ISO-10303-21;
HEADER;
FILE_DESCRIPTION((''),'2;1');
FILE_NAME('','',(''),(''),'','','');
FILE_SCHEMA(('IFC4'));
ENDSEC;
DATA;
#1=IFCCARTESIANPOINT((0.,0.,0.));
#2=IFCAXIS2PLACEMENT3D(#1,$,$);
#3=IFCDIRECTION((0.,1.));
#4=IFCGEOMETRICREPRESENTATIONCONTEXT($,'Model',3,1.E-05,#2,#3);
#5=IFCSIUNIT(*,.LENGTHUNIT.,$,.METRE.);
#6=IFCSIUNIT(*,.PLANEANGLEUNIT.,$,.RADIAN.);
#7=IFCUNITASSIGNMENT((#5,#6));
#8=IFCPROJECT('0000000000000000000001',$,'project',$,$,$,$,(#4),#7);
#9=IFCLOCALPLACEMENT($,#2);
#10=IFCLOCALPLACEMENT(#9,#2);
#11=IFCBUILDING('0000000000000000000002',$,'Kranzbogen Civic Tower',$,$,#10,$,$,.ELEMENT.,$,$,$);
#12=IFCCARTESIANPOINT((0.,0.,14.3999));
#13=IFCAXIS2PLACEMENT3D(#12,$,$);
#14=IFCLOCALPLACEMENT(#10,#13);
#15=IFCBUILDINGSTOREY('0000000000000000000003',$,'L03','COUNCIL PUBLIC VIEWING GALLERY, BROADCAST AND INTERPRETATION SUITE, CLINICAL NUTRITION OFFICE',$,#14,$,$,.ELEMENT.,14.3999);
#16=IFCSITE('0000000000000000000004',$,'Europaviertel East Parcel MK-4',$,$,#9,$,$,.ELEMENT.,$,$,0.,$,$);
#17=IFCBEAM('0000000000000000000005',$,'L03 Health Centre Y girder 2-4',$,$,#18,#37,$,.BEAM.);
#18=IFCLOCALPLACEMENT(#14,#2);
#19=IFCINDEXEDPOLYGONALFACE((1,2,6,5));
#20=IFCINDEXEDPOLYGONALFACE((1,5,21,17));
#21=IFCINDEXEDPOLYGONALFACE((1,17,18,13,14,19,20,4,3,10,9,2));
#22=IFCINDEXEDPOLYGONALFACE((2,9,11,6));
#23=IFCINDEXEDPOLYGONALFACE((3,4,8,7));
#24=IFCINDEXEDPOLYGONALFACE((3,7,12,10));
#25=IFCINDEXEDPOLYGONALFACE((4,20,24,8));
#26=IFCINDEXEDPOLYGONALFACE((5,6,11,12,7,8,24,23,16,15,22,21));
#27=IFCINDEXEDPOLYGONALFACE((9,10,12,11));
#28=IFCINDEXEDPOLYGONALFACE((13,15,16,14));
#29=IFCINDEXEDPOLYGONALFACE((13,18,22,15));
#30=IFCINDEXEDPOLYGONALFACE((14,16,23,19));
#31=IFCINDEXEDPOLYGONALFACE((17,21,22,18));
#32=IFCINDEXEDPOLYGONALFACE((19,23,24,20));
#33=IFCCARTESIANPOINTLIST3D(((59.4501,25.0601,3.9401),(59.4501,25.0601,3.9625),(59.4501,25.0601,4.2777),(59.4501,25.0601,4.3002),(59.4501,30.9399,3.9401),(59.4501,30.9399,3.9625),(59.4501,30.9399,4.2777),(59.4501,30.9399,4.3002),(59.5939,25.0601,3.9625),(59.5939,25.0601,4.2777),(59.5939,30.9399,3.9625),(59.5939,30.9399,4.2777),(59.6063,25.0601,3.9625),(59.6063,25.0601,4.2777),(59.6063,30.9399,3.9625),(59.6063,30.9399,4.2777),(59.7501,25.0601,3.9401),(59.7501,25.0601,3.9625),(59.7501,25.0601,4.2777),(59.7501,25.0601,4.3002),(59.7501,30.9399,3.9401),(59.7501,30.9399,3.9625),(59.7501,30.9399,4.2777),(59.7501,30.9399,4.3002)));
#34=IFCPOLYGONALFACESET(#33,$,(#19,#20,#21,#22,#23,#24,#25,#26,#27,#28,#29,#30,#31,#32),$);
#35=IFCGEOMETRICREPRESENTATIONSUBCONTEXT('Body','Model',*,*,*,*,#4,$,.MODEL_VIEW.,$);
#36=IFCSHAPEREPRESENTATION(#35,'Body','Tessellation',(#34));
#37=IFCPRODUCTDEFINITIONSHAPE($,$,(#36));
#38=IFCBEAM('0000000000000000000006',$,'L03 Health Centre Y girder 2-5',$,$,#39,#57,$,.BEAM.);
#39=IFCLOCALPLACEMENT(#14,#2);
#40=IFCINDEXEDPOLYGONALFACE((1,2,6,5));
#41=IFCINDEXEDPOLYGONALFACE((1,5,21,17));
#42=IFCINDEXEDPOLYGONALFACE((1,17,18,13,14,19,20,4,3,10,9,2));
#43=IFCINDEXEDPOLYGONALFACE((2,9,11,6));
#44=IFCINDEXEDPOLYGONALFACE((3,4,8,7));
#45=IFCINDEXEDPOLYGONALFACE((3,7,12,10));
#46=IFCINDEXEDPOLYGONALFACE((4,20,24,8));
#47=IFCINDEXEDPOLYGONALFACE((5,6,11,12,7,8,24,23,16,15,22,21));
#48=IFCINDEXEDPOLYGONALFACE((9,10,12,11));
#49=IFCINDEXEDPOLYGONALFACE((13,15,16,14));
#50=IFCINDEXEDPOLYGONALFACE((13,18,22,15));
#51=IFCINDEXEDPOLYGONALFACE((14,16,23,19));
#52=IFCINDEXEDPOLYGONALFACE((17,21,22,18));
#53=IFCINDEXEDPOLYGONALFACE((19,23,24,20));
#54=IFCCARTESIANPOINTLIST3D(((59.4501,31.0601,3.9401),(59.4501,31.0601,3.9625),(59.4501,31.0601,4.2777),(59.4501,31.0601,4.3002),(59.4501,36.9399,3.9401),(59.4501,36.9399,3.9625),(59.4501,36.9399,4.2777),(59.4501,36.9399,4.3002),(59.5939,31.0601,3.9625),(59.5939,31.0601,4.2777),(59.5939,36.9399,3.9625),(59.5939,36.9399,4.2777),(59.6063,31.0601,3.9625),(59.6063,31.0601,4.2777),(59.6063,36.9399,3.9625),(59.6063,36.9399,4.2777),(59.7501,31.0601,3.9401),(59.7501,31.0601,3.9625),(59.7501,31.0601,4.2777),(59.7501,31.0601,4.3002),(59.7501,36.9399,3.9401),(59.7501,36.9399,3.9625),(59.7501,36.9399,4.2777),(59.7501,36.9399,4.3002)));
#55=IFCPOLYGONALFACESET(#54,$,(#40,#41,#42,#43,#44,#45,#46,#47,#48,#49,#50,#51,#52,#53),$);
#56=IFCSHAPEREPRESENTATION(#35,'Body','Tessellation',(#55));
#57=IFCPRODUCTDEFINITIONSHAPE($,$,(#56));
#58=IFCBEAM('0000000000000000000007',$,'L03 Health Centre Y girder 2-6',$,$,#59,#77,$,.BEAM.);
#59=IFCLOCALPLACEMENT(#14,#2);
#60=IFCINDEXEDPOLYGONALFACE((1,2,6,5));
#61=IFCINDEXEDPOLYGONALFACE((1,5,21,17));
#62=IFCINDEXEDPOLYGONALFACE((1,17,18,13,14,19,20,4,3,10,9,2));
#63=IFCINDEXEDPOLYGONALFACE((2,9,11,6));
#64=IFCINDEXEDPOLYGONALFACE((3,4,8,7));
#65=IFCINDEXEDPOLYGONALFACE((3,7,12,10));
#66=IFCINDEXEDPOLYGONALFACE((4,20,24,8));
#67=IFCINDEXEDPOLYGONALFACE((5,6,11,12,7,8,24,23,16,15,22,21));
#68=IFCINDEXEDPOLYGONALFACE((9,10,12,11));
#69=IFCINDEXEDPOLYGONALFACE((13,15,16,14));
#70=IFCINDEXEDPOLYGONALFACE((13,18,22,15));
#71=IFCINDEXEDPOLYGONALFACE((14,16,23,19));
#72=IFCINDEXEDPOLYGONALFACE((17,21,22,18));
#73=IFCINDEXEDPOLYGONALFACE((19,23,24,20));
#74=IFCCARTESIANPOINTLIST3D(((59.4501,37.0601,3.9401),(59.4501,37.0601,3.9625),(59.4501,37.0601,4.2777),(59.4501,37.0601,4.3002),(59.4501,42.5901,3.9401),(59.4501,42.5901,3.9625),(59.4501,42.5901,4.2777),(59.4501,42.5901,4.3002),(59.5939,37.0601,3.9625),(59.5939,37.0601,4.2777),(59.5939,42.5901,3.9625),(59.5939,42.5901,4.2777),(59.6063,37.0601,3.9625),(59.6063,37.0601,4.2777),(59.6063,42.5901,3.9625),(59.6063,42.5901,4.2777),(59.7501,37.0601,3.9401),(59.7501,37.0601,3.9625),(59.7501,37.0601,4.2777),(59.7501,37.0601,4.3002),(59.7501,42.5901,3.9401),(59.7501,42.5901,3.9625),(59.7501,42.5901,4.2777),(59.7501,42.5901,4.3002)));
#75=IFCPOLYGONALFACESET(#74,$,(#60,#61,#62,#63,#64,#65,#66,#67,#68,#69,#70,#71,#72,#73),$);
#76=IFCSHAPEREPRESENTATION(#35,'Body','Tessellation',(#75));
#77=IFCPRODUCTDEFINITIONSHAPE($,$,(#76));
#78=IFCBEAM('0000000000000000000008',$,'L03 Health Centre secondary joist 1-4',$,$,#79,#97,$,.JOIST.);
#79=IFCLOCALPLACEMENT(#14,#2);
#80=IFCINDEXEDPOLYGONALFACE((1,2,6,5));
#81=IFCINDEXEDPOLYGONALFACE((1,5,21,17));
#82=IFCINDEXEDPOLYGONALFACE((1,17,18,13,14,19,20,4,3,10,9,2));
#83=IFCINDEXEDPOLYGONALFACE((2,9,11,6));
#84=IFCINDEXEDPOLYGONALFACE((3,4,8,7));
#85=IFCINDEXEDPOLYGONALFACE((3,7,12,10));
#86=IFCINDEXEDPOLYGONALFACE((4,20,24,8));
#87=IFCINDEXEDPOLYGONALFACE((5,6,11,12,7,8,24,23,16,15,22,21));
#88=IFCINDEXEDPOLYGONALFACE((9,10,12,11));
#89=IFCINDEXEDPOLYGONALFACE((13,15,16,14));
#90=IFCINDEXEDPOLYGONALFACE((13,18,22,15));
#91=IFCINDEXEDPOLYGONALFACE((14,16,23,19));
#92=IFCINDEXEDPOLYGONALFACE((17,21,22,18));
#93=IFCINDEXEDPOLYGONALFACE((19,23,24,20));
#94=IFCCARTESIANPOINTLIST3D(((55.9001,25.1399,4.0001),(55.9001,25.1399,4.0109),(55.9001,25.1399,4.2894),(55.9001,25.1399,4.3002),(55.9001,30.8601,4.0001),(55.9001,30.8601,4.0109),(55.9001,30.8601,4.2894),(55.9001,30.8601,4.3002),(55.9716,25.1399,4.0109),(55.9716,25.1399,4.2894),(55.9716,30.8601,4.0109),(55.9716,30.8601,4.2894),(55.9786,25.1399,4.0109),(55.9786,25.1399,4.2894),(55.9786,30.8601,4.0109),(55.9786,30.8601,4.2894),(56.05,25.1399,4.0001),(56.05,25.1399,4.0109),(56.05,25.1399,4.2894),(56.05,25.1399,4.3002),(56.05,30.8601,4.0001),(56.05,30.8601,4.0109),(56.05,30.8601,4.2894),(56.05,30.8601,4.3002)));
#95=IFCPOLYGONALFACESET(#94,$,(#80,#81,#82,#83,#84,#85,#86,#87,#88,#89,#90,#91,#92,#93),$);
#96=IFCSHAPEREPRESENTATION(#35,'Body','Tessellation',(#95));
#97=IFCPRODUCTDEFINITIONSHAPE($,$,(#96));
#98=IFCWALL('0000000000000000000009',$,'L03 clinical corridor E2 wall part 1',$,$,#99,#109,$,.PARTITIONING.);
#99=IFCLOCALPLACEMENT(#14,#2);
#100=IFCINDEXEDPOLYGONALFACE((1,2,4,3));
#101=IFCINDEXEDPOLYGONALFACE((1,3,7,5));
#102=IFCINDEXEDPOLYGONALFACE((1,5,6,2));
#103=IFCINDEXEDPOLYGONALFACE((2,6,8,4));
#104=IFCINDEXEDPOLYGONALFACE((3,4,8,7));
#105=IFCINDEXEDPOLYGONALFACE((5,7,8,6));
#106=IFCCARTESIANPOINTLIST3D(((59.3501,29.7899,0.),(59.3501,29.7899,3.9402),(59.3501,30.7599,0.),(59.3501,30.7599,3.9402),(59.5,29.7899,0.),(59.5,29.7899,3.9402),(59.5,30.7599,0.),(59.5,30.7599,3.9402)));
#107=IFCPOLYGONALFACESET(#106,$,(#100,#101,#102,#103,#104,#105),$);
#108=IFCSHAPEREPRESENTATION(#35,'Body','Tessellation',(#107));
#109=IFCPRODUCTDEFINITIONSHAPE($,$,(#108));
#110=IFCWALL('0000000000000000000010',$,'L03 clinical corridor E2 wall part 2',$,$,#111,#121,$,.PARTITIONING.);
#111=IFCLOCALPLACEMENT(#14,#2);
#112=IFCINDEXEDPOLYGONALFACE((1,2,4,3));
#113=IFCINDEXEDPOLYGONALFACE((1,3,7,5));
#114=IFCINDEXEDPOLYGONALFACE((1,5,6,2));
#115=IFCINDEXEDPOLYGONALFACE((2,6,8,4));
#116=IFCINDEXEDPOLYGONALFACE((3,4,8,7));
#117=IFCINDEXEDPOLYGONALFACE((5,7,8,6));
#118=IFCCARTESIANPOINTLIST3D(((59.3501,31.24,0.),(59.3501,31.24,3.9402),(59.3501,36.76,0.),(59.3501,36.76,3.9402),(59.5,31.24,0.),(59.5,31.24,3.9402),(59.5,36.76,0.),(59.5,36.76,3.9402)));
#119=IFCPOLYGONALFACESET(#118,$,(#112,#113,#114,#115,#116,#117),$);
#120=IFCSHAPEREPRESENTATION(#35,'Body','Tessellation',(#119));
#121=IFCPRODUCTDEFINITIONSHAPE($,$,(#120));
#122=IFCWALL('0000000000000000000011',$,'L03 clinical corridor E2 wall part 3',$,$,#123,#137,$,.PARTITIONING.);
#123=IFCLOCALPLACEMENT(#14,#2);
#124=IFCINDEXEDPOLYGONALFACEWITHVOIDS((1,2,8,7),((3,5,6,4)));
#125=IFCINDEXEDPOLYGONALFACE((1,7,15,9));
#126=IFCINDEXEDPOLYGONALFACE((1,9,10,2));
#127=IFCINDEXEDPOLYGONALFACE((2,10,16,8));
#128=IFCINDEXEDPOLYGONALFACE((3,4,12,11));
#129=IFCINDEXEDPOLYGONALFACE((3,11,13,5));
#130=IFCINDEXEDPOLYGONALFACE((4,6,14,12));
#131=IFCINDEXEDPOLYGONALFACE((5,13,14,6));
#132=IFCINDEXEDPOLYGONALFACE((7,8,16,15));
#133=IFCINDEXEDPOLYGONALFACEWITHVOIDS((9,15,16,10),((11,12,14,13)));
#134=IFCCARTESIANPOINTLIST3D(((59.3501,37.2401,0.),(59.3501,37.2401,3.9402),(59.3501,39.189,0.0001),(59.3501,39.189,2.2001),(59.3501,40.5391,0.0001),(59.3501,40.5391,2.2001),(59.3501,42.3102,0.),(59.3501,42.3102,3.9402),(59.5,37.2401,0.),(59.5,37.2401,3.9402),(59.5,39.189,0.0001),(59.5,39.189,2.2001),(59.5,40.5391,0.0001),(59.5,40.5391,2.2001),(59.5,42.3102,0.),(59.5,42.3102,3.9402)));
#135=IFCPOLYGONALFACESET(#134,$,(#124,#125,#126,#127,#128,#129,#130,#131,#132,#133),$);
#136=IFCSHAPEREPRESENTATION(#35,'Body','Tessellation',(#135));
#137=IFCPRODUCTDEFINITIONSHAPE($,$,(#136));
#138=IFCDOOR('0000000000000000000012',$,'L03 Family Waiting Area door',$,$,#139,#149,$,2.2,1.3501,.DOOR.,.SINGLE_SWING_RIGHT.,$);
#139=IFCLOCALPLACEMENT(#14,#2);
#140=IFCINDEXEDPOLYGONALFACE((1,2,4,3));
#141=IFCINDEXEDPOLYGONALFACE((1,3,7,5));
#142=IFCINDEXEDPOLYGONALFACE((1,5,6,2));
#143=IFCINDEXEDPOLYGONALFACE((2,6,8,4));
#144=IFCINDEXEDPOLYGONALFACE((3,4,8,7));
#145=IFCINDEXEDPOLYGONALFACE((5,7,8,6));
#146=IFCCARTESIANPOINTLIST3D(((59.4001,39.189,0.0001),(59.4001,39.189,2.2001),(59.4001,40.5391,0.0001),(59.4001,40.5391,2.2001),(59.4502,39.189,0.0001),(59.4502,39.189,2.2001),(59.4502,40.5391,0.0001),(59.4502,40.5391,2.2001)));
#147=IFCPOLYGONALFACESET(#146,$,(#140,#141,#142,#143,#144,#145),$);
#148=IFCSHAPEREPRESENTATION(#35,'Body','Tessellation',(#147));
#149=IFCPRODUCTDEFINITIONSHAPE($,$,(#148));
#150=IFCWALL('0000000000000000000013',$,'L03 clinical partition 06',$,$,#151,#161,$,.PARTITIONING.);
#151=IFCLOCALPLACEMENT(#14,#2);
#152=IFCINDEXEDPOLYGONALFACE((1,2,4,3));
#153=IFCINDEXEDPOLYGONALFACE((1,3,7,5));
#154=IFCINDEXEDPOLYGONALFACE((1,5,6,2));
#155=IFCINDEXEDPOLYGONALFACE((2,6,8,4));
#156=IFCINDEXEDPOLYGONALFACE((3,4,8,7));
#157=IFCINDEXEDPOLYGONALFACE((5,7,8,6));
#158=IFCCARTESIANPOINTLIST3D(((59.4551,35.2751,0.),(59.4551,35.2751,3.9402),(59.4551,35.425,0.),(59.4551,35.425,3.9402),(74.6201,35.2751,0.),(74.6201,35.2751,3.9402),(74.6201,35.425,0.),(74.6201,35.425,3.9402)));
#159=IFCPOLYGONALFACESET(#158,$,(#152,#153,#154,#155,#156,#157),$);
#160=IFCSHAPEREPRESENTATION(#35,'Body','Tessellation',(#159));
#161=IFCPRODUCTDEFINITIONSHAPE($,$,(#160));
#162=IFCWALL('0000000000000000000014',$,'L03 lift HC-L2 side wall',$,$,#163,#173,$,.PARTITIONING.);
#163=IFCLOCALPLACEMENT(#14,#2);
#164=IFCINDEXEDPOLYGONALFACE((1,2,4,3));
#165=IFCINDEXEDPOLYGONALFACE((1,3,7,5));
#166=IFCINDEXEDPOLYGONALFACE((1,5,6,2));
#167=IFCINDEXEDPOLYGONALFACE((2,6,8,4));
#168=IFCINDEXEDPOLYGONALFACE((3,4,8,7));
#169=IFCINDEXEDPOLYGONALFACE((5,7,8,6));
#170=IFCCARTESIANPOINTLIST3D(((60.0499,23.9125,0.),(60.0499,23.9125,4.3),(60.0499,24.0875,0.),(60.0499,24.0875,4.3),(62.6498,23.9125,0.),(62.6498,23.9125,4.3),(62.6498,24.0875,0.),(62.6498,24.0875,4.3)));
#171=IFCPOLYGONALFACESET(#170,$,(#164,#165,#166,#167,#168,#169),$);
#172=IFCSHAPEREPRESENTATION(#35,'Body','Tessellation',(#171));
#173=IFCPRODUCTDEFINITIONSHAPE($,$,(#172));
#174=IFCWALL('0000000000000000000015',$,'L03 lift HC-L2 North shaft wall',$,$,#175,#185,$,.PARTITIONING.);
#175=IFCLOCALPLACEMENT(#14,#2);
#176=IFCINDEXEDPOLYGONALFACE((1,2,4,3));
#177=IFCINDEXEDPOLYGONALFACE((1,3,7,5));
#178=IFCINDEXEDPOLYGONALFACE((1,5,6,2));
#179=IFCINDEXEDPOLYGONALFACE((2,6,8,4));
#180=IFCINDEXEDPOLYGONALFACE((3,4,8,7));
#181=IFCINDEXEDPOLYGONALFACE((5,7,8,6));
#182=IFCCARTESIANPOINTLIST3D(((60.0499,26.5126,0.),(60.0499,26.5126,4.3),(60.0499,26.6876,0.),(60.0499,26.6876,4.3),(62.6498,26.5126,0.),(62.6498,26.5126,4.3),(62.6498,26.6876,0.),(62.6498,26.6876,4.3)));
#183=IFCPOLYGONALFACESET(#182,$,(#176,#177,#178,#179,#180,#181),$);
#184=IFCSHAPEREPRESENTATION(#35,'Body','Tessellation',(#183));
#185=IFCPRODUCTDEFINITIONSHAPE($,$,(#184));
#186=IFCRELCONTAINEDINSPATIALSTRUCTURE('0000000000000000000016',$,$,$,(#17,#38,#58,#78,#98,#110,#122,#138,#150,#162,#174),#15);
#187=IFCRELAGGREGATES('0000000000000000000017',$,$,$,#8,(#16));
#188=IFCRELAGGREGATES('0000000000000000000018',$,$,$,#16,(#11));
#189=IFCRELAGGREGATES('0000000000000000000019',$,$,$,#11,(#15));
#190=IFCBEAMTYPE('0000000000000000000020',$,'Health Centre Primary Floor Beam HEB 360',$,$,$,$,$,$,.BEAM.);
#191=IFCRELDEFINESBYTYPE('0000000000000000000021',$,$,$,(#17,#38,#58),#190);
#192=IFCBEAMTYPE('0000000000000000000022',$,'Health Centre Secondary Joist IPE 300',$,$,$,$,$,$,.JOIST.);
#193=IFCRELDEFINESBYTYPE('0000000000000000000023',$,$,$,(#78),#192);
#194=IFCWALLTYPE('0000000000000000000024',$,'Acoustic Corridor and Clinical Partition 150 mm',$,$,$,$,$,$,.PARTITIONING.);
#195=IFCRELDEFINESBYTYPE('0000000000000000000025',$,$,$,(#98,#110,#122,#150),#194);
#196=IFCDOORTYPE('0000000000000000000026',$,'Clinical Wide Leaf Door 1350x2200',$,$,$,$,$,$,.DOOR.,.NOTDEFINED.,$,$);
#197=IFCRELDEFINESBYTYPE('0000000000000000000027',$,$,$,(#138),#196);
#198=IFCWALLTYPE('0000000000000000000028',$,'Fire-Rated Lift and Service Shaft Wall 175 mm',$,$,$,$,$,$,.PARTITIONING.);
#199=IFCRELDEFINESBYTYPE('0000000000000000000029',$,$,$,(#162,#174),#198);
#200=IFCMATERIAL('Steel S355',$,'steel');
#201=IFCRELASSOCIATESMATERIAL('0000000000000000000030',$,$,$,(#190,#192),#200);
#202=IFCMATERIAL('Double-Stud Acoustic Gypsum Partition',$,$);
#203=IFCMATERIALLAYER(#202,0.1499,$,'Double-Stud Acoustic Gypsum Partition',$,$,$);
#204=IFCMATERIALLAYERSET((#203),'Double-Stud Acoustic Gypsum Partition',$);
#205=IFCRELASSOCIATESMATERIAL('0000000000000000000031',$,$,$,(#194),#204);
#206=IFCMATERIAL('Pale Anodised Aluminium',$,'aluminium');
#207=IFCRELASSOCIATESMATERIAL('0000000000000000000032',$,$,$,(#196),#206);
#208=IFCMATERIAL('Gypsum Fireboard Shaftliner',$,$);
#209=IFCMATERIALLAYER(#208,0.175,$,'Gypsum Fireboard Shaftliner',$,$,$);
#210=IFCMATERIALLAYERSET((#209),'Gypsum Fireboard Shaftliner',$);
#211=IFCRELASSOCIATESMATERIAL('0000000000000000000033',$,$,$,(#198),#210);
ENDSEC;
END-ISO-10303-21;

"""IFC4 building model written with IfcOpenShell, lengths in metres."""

from ifc_helpers import new_model, si_unit, direction, frame, frame_2d, origin, origin_2d, place, context, subcontext, project, spatial, rectangle, i_section, extrude, material, layer, layer_set, material_profile, profile_set, type_object, element, fill, save


model = new_model("IFC4")

# Units and contexts
model_context = context("Model", 3, precision=1e-05, world=origin(), true_north=direction((0.0, 1.0)))
body_context = subcontext(model_context, "Body", "Model", "MODEL_VIEW")
ifc_project = project(units=[si_unit("LENGTHUNIT", "METRE"), si_unit("PLANEANGLEUNIT", "RADIAN")], contexts=[model_context])

# Site, building, storey
site_placement = place(None, origin())
site = spatial("IfcSite", under=ifc_project, at=site_placement, Name="Europaviertel East Parcel MK-4", CompositionType="ELEMENT", RefElevation=0.0)
building_placement = place(site_placement, origin())
building = spatial("IfcBuilding", under=site, at=building_placement, Name="Kranzbogen Civic Tower", CompositionType="ELEMENT")
storey_placement = place(building_placement, frame((0.0, 0.0, 14.3999)))
storey = spatial("IfcBuildingStorey", under=building, at=storey_placement, Name="L03", Description="COUNCIL PUBLIC VIEWING GALLERY, BROADCAST AND INTERPRETATION SUITE, CLINICAL NUTRITION OFFICE", CompositionType="ELEMENT", Elevation=14.3999)

# Shared definitions
ifc_material_1 = material(Name="Steel S355", Category="steel")

# Beams
ifc_material_profile_1 = material_profile(ifc_material_1, i_section(OverallWidth=0.3, OverallDepth=0.3601, WebThickness=0.0125, FlangeThickness=0.0225, at=origin_2d()), Name="HEB 360")
ifc_profile_set_1 = profile_set([ifc_material_profile_1], Name="Steel S355")
beam_type_1 = type_object("IfcBeamType", Name="Health Centre Primary Floor Beam HEB 360", PredefinedType="BEAM", material=ifc_profile_set_1)
for number, where, z_axis, x_axis, name in (
    (1, (59.6001, 25.0601, 4.1201), (0.0, 1.0, 0.0), (-1.0, 0.0, 0.0), "L03 Health Centre Y girder 2-4"),
    (2, (59.6001, 31.0601, 4.1201), (0.0, 1.0, 0.0), (-1.0, 0.0, 0.0), "L03 Health Centre Y girder 2-5"),
):
    element("IfcBeam", number, at=place(storey_placement, frame(where, z_axis=z_axis, x_axis=x_axis)), inside=storey, type_object=beam_type_1, Name=name, PredefinedType="BEAM", context=body_context, shape_type="SweptSolid", body=[
        extrude(i_section(OverallWidth=0.3, OverallDepth=0.3601, WebThickness=0.0125, FlangeThickness=0.0225, at=origin_2d()), origin(), (0.0, 0.0, 1.0), 5.8799),
    ])
beam_1_placement = place(storey_placement, frame((59.6001, 37.0601, 4.1201), z_axis=(0.0, 1.0, 0.0), x_axis=(-1.0, 0.0, 0.0)))
element("IfcBeam", 3, at=beam_1_placement, inside=storey, type_object=beam_type_1, Name="L03 Health Centre Y girder 2-6", PredefinedType="BEAM", context=body_context, shape_type="SweptSolid", body=[
    extrude(i_section(OverallWidth=0.3, OverallDepth=0.3601, WebThickness=0.0125, FlangeThickness=0.0225, at=origin_2d()), origin(), (0.0, 0.0, 1.0), 5.53),
])
ifc_material_profile_2 = material_profile(ifc_material_1, i_section(OverallWidth=0.1499, OverallDepth=0.3, WebThickness=0.0071, FlangeThickness=0.0107, at=origin_2d()), Name="IPE 300")
ifc_profile_set_2 = profile_set([ifc_material_profile_2], Name="Steel S355")
beam_type_2 = type_object("IfcBeamType", Name="Health Centre Secondary Joist IPE 300", PredefinedType="JOIST", material=ifc_profile_set_2)
beam_2_placement = place(storey_placement, frame((55.9751, 25.1399, 4.1501), z_axis=(0.0, 1.0, 0.0), x_axis=(-1.0, 0.0, 0.0)))
element("IfcBeam", 4, at=beam_2_placement, inside=storey, type_object=beam_type_2, Name="L03 Health Centre secondary joist 1-4", PredefinedType="JOIST", context=body_context, shape_type="SweptSolid", body=[
    extrude(i_section(OverallWidth=0.1499, OverallDepth=0.3, WebThickness=0.0071, FlangeThickness=0.0107, at=origin_2d()), origin(), (0.0, 0.0, 1.0), 5.7202),
])

# Walls
ifc_material_2 = material(Name="Double-Stud Acoustic Gypsum Partition")
ifc_layer_1 = layer(ifc_material_2, 0.1499, Name="Double-Stud Acoustic Gypsum Partition")
ifc_layer_set_1 = layer_set([ifc_layer_1], Name="Double-Stud Acoustic Gypsum Partition")
wall_type_1 = type_object("IfcWallType", Name="Acoustic Corridor and Clinical Partition 150 mm", PredefinedType="PARTITIONING", material=ifc_layer_set_1)
wall_1_placement = place(storey_placement, frame((59.425, 29.79, 0.0), z_axis=(0.0, 0.0, 1.0), x_axis=(0.0, 1.0, 0.0)))
element("IfcWall", 5, at=wall_1_placement, inside=storey, type_object=wall_type_1, Name="L03 clinical corridor E2 wall part 1", PredefinedType="PARTITIONING", context=body_context, shape_type="SweptSolid", body=[
    extrude(rectangle(XDim=0.97, YDim=0.1499, at=frame_2d((0.4849, 0.0))), origin(), (0.0, 0.0, 1.0), 3.9402),
])
wall_2_placement = place(storey_placement, frame((59.425, 31.24, 0.0), z_axis=(0.0, 0.0, 1.0), x_axis=(0.0, 1.0, 0.0)))
element("IfcWall", 6, at=wall_2_placement, inside=storey, type_object=wall_type_1, Name="L03 clinical corridor E2 wall part 2", PredefinedType="PARTITIONING", context=body_context, shape_type="SweptSolid", body=[
    extrude(rectangle(XDim=5.52, YDim=0.1499, at=frame_2d((2.76, 0.0))), origin(), (0.0, 0.0, 1.0), 3.9402),
])

# Wall, opening, door
wall_3_placement = place(storey_placement, frame((59.425, 37.24, 0.0), z_axis=(0.0, 0.0, 1.0), x_axis=(0.0, 1.0, 0.0)))
wall_3 = element("IfcWall", 7, at=wall_3_placement, inside=storey, type_object=wall_type_1, Name="L03 clinical corridor E2 wall part 3", PredefinedType="PARTITIONING", context=body_context, shape_type="SweptSolid", body=[
    extrude(rectangle(XDim=5.0701, YDim=0.1499, at=frame_2d((2.5352, 0.0))), origin(), (0.0, 0.0, 1.0), 3.9402),
])
opening_1_placement = place(wall_3_placement, frame((1.949, 0.0, 0.0)))
opening_1 = element("IfcOpeningElement", 8, at=opening_1_placement, cuts=wall_3, PredefinedType="OPENING", context=body_context, shape_type="SweptSolid", body=[
    extrude(rectangle(XDim=1.3501, YDim=2.2, at=frame_2d((0.675, 1.1001))), frame((0.0, 0.085, 0.0), z_axis=(0.0, -1.0, 0.0), x_axis=(1.0, 0.0, 0.0)), (0.0, 0.0, 1.0), 0.1699),
])
ifc_material_3 = material(Name="Pale Anodised Aluminium", Category="aluminium")
door_type_1 = type_object("IfcDoorType", Name="Clinical Wide Leaf Door 1350x2200", OperationType="NOTDEFINED", PredefinedType="DOOR", material=ifc_material_3)
door_1_placement = place(opening_1_placement, origin())
door_1 = element("IfcDoor", 9, at=door_1_placement, inside=storey, type_object=door_type_1, Name="L03 Family Waiting Area door", OperationType="SINGLE_SWING_RIGHT", OverallHeight=2.2, OverallWidth=1.3501, PredefinedType="DOOR", context=body_context, shape_type="SweptSolid", body=[
    extrude(rectangle(XDim=1.3501, YDim=2.2, at=frame_2d((0.675, 1.1001))), frame((0.0, 0.0249, 0.0), z_axis=(0.0, -1.0, 0.0), x_axis=(1.0, 0.0, 0.0)), (0.0, 0.0, 1.0), 0.05),
])
fill(opening_1, door_1)

# Walls
wall_4_placement = place(storey_placement, frame((59.4551, 35.3501, 0.0), z_axis=(0.0, 0.0, 1.0), x_axis=(1.0, 0.0, 0.0)))
element("IfcWall", 10, at=wall_4_placement, inside=storey, type_object=wall_type_1, Name="L03 clinical partition 06", PredefinedType="PARTITIONING", context=body_context, shape_type="SweptSolid", body=[
    extrude(rectangle(XDim=15.165, YDim=0.1499, at=frame_2d((7.5825, 0.0))), origin(), (0.0, 0.0, 1.0), 3.9402),
])
ifc_material_4 = material(Name="Gypsum Fireboard Shaftliner")
ifc_layer_2 = layer(ifc_material_4, 0.175, Name="Gypsum Fireboard Shaftliner")
ifc_layer_set_2 = layer_set([ifc_layer_2], Name="Gypsum Fireboard Shaftliner")
wall_type_2 = type_object("IfcWallType", Name="Fire-Rated Lift and Service Shaft Wall 175 mm", PredefinedType="PARTITIONING", material=ifc_layer_set_2)
for number, where, z_axis, x_axis, name in (
    (11, (60.05, 24.0, 0.0), (0.0, 0.0, 1.0), (1.0, 0.0, 0.0), "L03 lift HC-L2 side wall"),
    (12, (60.05, 26.6001, 0.0), (0.0, 0.0, 1.0), (1.0, 0.0, 0.0), "L03 lift HC-L2 North shaft wall"),
):
    element("IfcWall", number, at=place(storey_placement, frame(where, z_axis=z_axis, x_axis=x_axis)), inside=storey, type_object=wall_type_2, Name=name, PredefinedType="PARTITIONING", context=body_context, shape_type="SweptSolid", body=[
        extrude(rectangle(XDim=2.5999, YDim=0.175, at=frame_2d((1.2998, 0.0))), origin(), (0.0, 0.0, 1.0), 4.3),
    ])

save(model, "model.ifc")
